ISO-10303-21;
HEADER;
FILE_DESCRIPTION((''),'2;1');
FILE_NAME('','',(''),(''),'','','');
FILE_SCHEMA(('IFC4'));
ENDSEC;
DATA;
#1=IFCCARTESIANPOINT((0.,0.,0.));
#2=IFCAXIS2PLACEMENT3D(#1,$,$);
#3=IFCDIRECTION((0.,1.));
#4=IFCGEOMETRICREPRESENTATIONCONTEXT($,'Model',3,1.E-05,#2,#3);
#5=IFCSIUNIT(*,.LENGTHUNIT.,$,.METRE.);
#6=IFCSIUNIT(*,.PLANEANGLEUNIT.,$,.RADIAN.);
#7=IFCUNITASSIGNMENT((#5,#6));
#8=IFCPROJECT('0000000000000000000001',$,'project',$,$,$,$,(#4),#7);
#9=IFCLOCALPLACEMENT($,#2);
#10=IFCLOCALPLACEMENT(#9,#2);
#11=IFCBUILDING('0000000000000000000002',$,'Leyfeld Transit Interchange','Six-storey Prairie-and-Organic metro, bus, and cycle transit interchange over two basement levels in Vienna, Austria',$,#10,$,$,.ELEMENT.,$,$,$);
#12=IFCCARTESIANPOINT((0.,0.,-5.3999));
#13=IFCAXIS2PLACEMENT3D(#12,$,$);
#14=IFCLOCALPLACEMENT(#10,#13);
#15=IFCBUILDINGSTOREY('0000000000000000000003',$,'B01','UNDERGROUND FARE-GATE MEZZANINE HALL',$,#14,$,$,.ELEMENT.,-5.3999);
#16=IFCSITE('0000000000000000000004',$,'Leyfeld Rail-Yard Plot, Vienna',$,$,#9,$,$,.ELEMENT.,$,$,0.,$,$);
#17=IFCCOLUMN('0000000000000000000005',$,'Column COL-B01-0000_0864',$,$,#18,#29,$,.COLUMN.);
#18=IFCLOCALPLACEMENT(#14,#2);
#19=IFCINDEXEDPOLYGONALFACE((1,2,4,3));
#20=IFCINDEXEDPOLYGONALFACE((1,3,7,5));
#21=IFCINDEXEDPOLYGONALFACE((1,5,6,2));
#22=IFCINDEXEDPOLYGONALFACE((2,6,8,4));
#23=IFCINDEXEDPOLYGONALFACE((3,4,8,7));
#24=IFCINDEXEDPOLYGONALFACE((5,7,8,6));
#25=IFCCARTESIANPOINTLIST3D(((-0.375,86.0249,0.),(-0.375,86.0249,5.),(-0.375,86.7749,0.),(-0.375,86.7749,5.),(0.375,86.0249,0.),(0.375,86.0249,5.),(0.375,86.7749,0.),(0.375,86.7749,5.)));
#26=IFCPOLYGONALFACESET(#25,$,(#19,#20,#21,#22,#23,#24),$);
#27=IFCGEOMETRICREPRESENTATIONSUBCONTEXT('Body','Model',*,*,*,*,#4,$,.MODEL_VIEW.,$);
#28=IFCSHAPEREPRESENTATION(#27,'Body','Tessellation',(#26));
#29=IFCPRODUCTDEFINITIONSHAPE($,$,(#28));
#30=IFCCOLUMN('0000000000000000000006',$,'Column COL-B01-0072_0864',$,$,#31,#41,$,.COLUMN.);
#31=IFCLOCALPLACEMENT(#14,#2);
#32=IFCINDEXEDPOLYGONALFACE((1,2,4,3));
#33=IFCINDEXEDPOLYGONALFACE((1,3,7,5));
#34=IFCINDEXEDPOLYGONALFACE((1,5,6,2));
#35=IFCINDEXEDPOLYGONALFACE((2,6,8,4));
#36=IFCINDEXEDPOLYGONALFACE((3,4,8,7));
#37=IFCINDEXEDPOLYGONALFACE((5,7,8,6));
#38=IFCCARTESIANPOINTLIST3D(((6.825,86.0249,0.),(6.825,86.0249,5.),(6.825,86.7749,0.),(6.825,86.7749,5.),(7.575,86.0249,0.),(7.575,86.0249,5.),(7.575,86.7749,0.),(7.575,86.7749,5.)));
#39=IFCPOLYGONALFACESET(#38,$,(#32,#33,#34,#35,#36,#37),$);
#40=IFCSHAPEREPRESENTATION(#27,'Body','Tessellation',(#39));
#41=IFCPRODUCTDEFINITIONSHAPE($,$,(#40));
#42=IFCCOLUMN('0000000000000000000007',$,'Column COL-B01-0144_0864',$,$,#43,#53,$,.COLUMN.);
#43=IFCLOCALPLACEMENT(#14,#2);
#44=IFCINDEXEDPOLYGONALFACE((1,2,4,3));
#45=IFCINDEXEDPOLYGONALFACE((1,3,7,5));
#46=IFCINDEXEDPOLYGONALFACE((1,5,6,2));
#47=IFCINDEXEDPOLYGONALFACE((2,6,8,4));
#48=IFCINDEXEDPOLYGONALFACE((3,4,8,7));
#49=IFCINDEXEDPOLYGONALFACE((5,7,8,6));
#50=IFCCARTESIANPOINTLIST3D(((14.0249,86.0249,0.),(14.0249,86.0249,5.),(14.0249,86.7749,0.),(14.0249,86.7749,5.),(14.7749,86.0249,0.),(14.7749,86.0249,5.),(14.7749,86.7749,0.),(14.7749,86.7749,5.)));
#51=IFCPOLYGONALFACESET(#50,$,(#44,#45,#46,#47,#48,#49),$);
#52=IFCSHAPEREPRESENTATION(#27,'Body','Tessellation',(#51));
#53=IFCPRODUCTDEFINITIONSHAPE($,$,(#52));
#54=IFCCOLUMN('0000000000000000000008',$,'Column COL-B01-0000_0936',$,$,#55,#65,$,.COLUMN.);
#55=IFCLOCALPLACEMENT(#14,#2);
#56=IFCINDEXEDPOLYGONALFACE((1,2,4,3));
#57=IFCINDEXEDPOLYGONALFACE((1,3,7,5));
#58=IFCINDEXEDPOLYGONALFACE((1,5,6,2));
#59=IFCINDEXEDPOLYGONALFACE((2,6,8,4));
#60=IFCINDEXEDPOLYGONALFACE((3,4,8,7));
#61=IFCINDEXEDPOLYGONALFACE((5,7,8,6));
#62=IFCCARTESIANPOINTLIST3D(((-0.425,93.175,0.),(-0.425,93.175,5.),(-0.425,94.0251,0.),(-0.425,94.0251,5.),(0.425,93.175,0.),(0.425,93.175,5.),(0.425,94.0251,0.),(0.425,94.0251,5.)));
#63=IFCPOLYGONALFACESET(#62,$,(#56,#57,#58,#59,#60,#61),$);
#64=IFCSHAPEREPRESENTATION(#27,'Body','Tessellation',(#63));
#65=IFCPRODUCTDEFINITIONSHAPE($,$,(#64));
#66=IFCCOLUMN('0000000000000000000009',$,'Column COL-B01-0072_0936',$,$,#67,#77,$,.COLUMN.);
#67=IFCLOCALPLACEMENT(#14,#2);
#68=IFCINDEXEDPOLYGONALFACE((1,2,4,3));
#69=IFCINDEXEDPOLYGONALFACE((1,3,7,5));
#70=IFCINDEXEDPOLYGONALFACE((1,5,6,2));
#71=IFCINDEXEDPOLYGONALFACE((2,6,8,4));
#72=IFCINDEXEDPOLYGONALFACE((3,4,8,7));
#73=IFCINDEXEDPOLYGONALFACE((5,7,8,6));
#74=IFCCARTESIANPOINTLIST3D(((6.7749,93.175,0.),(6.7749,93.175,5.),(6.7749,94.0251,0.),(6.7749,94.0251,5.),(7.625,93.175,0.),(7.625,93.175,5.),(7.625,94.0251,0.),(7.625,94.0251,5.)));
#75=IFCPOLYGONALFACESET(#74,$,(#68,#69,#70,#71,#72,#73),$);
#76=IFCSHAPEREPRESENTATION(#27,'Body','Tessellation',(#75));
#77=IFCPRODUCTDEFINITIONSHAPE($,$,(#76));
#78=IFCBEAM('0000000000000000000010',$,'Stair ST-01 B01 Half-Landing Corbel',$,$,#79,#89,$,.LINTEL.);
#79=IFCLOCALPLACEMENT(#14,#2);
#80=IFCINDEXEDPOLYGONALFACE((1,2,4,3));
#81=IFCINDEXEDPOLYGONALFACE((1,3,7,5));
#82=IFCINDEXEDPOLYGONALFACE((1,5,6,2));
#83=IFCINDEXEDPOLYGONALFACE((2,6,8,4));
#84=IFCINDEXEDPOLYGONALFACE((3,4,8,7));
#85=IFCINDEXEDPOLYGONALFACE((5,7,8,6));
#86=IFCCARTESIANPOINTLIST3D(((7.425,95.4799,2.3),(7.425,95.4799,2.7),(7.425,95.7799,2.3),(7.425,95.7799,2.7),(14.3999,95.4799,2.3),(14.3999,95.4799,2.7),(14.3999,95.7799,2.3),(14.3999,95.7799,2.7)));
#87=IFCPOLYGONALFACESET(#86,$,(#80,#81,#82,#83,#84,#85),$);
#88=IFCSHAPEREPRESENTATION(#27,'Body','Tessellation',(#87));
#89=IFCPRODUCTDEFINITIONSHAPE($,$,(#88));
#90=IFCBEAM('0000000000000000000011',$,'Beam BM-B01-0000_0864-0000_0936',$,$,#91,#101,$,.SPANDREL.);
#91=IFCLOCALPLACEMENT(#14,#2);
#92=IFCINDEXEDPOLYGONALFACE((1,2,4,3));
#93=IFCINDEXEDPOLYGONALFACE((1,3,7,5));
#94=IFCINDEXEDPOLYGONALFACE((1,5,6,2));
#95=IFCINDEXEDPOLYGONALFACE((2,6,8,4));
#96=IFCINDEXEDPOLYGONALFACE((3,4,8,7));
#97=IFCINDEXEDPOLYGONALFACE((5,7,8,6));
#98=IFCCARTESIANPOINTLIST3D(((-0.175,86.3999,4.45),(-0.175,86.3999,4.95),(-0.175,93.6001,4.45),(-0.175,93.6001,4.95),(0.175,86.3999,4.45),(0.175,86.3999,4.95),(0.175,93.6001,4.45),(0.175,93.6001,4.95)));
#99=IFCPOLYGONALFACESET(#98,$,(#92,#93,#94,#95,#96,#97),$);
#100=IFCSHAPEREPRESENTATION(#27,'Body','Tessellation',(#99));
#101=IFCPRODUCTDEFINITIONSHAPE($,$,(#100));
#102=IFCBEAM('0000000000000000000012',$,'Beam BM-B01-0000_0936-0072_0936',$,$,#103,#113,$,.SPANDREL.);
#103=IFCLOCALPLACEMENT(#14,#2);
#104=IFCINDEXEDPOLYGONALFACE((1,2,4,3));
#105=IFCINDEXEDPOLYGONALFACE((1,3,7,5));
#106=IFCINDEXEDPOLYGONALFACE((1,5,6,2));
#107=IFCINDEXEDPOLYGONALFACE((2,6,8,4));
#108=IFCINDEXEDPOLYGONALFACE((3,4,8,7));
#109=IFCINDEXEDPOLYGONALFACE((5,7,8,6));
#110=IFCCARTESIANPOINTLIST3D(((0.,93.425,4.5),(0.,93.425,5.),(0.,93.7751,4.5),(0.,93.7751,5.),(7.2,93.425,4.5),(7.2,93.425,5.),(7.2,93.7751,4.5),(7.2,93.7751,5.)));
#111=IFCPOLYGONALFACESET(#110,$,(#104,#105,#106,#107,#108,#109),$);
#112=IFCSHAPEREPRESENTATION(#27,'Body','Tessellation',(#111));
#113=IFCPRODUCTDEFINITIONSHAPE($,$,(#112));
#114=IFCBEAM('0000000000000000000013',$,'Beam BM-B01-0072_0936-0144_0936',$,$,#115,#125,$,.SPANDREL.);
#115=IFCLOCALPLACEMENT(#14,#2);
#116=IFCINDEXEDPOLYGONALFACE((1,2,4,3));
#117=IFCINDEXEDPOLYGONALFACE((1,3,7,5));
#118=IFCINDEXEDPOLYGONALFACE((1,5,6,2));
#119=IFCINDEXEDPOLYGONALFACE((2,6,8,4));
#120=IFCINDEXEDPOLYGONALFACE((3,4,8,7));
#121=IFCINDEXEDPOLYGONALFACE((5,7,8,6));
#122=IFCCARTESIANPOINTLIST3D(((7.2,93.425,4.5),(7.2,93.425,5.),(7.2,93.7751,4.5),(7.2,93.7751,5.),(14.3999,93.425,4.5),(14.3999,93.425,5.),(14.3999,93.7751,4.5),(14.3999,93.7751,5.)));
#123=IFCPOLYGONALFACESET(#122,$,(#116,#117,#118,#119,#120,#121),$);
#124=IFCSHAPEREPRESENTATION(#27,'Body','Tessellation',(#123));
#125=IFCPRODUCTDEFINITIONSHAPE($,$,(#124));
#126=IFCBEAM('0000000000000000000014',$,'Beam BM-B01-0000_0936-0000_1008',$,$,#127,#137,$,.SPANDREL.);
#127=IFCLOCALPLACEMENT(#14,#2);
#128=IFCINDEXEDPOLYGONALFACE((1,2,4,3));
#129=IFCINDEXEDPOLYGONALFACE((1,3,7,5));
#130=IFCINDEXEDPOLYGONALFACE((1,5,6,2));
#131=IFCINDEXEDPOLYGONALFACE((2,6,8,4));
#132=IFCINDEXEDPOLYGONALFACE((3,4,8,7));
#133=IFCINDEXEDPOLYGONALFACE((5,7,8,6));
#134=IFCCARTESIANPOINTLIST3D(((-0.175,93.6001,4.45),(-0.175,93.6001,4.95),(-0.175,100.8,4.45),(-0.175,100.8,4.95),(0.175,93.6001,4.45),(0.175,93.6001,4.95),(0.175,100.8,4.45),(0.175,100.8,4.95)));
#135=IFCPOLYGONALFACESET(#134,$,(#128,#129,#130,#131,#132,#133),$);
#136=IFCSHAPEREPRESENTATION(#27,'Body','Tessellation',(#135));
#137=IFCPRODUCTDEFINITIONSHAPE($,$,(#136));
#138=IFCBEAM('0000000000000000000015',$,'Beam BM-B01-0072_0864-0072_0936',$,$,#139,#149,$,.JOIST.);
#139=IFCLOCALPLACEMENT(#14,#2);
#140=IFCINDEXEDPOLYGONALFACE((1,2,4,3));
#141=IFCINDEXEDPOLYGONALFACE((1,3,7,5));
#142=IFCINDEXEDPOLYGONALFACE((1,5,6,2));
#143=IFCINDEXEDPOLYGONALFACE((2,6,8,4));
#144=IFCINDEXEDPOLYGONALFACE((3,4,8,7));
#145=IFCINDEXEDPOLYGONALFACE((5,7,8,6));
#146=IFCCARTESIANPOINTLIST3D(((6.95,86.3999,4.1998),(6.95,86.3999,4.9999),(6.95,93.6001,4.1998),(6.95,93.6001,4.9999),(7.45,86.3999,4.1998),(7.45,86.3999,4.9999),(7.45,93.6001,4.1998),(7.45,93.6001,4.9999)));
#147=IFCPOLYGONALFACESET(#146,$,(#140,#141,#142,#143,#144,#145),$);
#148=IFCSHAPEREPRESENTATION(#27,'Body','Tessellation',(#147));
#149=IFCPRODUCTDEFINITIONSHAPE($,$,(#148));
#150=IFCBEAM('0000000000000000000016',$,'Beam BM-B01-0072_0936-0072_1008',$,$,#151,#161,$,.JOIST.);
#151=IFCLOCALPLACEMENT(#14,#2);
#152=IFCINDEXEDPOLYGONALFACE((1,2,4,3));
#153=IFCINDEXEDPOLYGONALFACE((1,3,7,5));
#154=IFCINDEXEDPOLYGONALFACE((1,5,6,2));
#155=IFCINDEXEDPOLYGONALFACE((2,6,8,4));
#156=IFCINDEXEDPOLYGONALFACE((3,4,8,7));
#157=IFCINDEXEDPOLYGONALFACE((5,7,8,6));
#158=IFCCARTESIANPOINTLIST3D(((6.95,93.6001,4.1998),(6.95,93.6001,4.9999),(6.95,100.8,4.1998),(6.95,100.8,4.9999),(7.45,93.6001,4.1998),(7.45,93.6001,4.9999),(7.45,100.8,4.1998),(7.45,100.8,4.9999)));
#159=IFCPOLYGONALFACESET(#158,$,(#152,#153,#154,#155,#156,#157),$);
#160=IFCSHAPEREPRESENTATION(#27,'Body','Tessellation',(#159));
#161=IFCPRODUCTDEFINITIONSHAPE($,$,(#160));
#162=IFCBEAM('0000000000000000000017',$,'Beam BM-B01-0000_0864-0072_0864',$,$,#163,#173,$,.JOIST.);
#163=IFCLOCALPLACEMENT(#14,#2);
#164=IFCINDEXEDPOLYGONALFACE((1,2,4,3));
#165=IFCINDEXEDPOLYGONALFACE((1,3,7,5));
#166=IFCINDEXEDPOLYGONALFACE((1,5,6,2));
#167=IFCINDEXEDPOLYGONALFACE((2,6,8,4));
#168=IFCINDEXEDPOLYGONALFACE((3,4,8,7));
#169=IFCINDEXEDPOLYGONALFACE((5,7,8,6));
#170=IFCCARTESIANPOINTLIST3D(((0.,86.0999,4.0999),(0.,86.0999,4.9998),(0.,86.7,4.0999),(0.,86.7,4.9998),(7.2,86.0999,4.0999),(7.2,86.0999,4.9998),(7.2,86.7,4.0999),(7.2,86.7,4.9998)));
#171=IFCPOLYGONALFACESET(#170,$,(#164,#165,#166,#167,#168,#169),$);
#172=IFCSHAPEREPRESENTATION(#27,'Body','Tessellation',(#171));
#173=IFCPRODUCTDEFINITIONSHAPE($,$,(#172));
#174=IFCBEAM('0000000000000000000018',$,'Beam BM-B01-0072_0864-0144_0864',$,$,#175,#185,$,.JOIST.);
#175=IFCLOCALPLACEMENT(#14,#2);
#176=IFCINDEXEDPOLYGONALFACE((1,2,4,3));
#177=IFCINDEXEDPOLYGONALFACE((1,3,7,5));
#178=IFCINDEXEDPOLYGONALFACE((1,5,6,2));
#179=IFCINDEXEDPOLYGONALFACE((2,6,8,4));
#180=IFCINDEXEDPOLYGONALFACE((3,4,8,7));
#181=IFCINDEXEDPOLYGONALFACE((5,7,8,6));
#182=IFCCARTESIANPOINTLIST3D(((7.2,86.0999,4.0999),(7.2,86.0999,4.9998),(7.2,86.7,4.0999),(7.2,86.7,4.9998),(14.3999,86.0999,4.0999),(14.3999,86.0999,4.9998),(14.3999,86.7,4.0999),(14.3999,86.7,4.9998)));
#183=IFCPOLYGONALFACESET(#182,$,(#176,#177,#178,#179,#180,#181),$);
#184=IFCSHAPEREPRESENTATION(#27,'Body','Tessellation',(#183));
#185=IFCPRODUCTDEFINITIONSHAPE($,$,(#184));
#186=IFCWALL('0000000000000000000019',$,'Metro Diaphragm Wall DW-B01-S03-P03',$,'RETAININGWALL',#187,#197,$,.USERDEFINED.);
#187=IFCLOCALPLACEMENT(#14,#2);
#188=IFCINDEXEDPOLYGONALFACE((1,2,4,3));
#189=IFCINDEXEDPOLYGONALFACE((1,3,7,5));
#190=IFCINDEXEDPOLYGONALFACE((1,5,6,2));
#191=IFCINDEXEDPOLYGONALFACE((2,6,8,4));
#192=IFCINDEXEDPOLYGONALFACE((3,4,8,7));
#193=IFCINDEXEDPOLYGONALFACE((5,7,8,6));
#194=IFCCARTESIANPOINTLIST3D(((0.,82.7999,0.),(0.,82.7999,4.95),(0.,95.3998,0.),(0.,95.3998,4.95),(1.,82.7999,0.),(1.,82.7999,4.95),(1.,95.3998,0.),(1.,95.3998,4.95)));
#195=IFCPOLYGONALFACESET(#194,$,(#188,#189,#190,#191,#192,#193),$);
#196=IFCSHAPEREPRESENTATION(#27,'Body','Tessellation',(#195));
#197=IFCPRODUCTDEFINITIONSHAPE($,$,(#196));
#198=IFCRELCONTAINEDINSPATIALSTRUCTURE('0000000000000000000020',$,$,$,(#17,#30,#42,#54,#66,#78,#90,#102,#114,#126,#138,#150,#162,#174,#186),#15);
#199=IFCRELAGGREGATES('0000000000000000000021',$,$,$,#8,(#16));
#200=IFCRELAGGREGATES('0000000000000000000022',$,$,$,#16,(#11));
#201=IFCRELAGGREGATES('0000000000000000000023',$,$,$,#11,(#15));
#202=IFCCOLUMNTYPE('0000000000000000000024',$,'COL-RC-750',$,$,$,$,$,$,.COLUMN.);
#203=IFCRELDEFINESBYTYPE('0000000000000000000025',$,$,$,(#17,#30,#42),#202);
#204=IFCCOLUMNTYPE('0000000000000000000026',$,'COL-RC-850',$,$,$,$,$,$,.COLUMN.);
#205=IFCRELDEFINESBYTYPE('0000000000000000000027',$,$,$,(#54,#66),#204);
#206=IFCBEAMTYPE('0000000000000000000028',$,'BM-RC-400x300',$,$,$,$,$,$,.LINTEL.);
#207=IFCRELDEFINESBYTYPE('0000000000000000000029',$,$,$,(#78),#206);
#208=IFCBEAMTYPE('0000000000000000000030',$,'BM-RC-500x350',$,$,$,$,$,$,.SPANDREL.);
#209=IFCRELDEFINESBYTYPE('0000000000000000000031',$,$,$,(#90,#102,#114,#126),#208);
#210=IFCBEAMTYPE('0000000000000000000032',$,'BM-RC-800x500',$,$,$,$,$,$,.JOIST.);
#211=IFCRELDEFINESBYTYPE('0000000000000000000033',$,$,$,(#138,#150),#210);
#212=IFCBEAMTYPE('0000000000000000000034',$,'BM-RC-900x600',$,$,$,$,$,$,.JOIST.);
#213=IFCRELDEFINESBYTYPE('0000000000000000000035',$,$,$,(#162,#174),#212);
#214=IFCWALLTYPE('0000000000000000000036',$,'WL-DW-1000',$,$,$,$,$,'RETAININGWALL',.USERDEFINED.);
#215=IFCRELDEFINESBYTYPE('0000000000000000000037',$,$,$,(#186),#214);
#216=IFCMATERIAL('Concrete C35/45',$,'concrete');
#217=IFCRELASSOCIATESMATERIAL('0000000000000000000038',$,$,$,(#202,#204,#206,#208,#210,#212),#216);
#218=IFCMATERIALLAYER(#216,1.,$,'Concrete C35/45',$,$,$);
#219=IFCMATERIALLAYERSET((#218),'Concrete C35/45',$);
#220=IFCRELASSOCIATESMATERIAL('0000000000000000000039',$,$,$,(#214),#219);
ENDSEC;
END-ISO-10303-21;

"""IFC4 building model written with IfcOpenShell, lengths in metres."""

from ifc_helpers import new_model, si_unit, direction, frame, frame_2d, origin, origin_2d, place, context, subcontext, project, spatial, rectangle, extrude, material, layer, layer_set, material_profile, profile_set, type_object, element, save


model = new_model("IFC4")

# Units and contexts
model_context = context("Model", 3, precision=1e-05, world=origin(), true_north=direction((0.0, 1.0)))
body_context = subcontext(model_context, "Body", "Model", "MODEL_VIEW")
ifc_project = project(units=[si_unit("LENGTHUNIT", "METRE"), si_unit("PLANEANGLEUNIT", "RADIAN")], contexts=[model_context])

# Site, building, storey
site_placement = place(None, origin())
site = spatial("IfcSite", under=ifc_project, at=site_placement, Name="Leyfeld Rail-Yard Plot, Vienna", CompositionType="ELEMENT", RefElevation=0.0)
building_placement = place(site_placement, origin())
building = spatial("IfcBuilding", under=site, at=building_placement, Name="Leyfeld Transit Interchange", Description="Six-storey Prairie-and-Organic metro, bus, and cycle transit interchange over two basement levels in Vienna, Austria", CompositionType="ELEMENT")
storey_placement = place(building_placement, frame((0.0, 0.0, -5.3999)))
storey = spatial("IfcBuildingStorey", under=building, at=storey_placement, Name="B01", Description="UNDERGROUND FARE-GATE MEZZANINE HALL", CompositionType="ELEMENT", Elevation=-5.3999)

# Columns
ifc_material_1 = material(Name="Concrete C35/45", Category="concrete")
ifc_material_profile_1 = material_profile(ifc_material_1, rectangle(XDim=0.75, YDim=0.75, at=origin_2d()), Name="RC 750x750")
ifc_profile_set_1 = profile_set([ifc_material_profile_1], Name="Concrete C35/45")
column_type_1 = type_object("IfcColumnType", Name="COL-RC-750", PredefinedType="COLUMN", material=ifc_profile_set_1)
for number, where, z_axis, x_axis, name in (
    (1, (0.0, 86.3999, 0.0), (0.0, 0.0, 1.0), (0.0, 1.0, 0.0), "Column COL-B01-0000_0864"),
    (2, (7.2, 86.3999, 0.0), (0.0, 0.0, 1.0), (1.0, 0.0, 0.0), "Column COL-B01-0072_0864"),
    (3, (14.3999, 86.3999, 0.0), (0.0, 0.0, 1.0), (1.0, 0.0, 0.0), "Column COL-B01-0144_0864"),
):
    element("IfcColumn", number, at=place(storey_placement, frame(where, z_axis=z_axis, x_axis=x_axis)), inside=storey, type_object=column_type_1, Name=name, PredefinedType="COLUMN", context=body_context, shape_type="SweptSolid", body=[
        extrude(rectangle(XDim=0.75, YDim=0.75, at=origin_2d()), origin(), (0.0, 0.0, 1.0), 5.0),
    ])
ifc_material_profile_2 = material_profile(ifc_material_1, rectangle(XDim=0.8501, YDim=0.8501, at=origin_2d()), Name="RC 850x850")
ifc_profile_set_2 = profile_set([ifc_material_profile_2], Name="Concrete C35/45")
column_type_2 = type_object("IfcColumnType", Name="COL-RC-850", PredefinedType="COLUMN", material=ifc_profile_set_2)
for number, where, z_axis, x_axis, name in (
    (4, (0.0, 93.6001, 0.0), (0.0, 0.0, 1.0), (0.0, 1.0, 0.0), "Column COL-B01-0000_0936"),
    (5, (7.2, 93.6001, 0.0), (0.0, 0.0, 1.0), (1.0, 0.0, 0.0), "Column COL-B01-0072_0936"),
):
    element("IfcColumn", number, at=place(storey_placement, frame(where, z_axis=z_axis, x_axis=x_axis)), inside=storey, type_object=column_type_2, Name=name, PredefinedType="COLUMN", context=body_context, shape_type="SweptSolid", body=[
        extrude(rectangle(XDim=0.8501, YDim=0.8501, at=origin_2d()), origin(), (0.0, 0.0, 1.0), 5.0),
    ])

# Beams
ifc_material_profile_3 = material_profile(ifc_material_1, rectangle(XDim=0.3, YDim=0.3999, at=origin_2d()), Name="RC 400x300")
ifc_profile_set_3 = profile_set([ifc_material_profile_3], Name="Concrete C35/45")
beam_type_1 = type_object("IfcBeamType", Name="BM-RC-400x300", PredefinedType="LINTEL", material=ifc_profile_set_3)
beam_1_placement = place(storey_placement, frame((7.425, 95.6299, 2.5), z_axis=(1.0, 0.0, 0.0), x_axis=(0.0, 1.0, 0.0)))
element("IfcBeam", 6, at=beam_1_placement, inside=storey, type_object=beam_type_1, Name="Stair ST-01 B01 Half-Landing Corbel", PredefinedType="LINTEL", context=body_context, shape_type="SweptSolid", body=[
    extrude(rectangle(XDim=0.3, YDim=0.3999, at=origin_2d()), origin(), (0.0, 0.0, 1.0), 6.9749),
])
ifc_material_profile_4 = material_profile(ifc_material_1, rectangle(XDim=0.3501, YDim=0.5, at=origin_2d()), Name="RC 500x350")
ifc_profile_set_4 = profile_set([ifc_material_profile_4], Name="Concrete C35/45")
beam_type_2 = type_object("IfcBeamType", Name="BM-RC-500x350", PredefinedType="SPANDREL", material=ifc_profile_set_4)
beam_2_placement = place(storey_placement, frame((0.0, 86.3999, 4.7), z_axis=(0.0, 1.0, 0.0), x_axis=(-1.0, 0.0, 0.0)))
element("IfcBeam", 7, at=beam_2_placement, inside=storey, type_object=beam_type_2, Name="Beam BM-B01-0000_0864-0000_0936", PredefinedType="SPANDREL", context=body_context, shape_type="SweptSolid", body=[
    extrude(rectangle(XDim=0.3501, YDim=0.5, at=origin_2d()), origin(), (0.0, 0.0, 1.0), 7.2002),
])
for number, where, z_axis, x_axis, name in (
    (8, (0.0, 93.6001, 4.75), (1.0, 0.0, 0.0), (0.0, 1.0, 0.0), "Beam BM-B01-0000_0936-0072_0936"),
    (9, (7.2, 93.6001, 4.75), (1.0, 0.0, 0.0), (0.0, 1.0, 0.0), "Beam BM-B01-0072_0936-0144_0936"),
    (10, (0.0, 93.6001, 4.7), (0.0, 1.0, 0.0), (-1.0, 0.0, 0.0), "Beam BM-B01-0000_0936-0000_1008"),
):
    element("IfcBeam", number, at=place(storey_placement, frame(where, z_axis=z_axis, x_axis=x_axis)), inside=storey, type_object=beam_type_2, Name=name, PredefinedType="SPANDREL", context=body_context, shape_type="SweptSolid", body=[
        extrude(rectangle(XDim=0.3501, YDim=0.5, at=origin_2d()), origin(), (0.0, 0.0, 1.0), 7.2),
    ])
ifc_material_profile_5 = material_profile(ifc_material_1, rectangle(XDim=0.5, YDim=0.8, at=origin_2d()), Name="RC 800x500")
ifc_profile_set_5 = profile_set([ifc_material_profile_5], Name="Concrete C35/45")
beam_type_3 = type_object("IfcBeamType", Name="BM-RC-800x500", PredefinedType="JOIST", material=ifc_profile_set_5)
beam_3_placement = place(storey_placement, frame((7.2, 86.3999, 4.5999), z_axis=(0.0, 1.0, 0.0), x_axis=(-1.0, 0.0, 0.0)))
element("IfcBeam", 11, at=beam_3_placement, inside=storey, type_object=beam_type_3, Name="Beam BM-B01-0072_0864-0072_0936", PredefinedType="JOIST", context=body_context, shape_type="SweptSolid", body=[
    extrude(rectangle(XDim=0.5, YDim=0.8, at=origin_2d()), origin(), (0.0, 0.0, 1.0), 7.2002),
])
beam_4_placement = place(storey_placement, frame((7.2, 93.6001, 4.5999), z_axis=(0.0, 1.0, 0.0), x_axis=(-1.0, 0.0, 0.0)))
element("IfcBeam", 12, at=beam_4_placement, inside=storey, type_object=beam_type_3, Name="Beam BM-B01-0072_0936-0072_1008", PredefinedType="JOIST", context=body_context, shape_type="SweptSolid", body=[
    extrude(rectangle(XDim=0.5, YDim=0.8, at=origin_2d()), origin(), (0.0, 0.0, 1.0), 7.2),
])
ifc_material_profile_6 = material_profile(ifc_material_1, rectangle(XDim=0.6001, YDim=0.8999, at=origin_2d()), Name="RC 900x600")
ifc_profile_set_6 = profile_set([ifc_material_profile_6], Name="Concrete C35/45")
beam_type_4 = type_object("IfcBeamType", Name="BM-RC-900x600", PredefinedType="JOIST", material=ifc_profile_set_6)
for number, where, z_axis, x_axis, name in (
    (13, (0.0, 86.3999, 4.5498), (1.0, 0.0, 0.0), (0.0, 1.0, 0.0), "Beam BM-B01-0000_0864-0072_0864"),
    (14, (7.2, 86.3999, 4.5498), (1.0, 0.0, 0.0), (0.0, 1.0, 0.0), "Beam BM-B01-0072_0864-0144_0864"),
):
    element("IfcBeam", number, at=place(storey_placement, frame(where, z_axis=z_axis, x_axis=x_axis)), inside=storey, type_object=beam_type_4, Name=name, PredefinedType="JOIST", context=body_context, shape_type="SweptSolid", body=[
        extrude(rectangle(XDim=0.6001, YDim=0.8999, at=origin_2d()), origin(), (0.0, 0.0, 1.0), 7.2),
    ])

# Wall
ifc_layer_1 = layer(ifc_material_1, 1.0, Name="Concrete C35/45")
ifc_layer_set_1 = layer_set([ifc_layer_1], Name="Concrete C35/45")
wall_type_1 = type_object("IfcWallType", Name="WL-DW-1000", ElementType="RETAININGWALL", PredefinedType="USERDEFINED", material=ifc_layer_set_1)
wall_1_placement = place(storey_placement, frame((0.5, 82.8, 0.0), z_axis=(0.0, 0.0, 1.0), x_axis=(0.0, 1.0, 0.0)))
element("IfcWall", 15, at=wall_1_placement, inside=storey, type_object=wall_type_1, Name="Metro Diaphragm Wall DW-B01-S03-P03", ObjectType="RETAININGWALL", PredefinedType="USERDEFINED", context=body_context, shape_type="SweptSolid", body=[
    extrude(rectangle(XDim=12.5999, YDim=1.0, at=frame_2d((6.2998, 0.0))), origin(), (0.0, 0.0, 1.0), 4.95),
])

save(model, "model.ifc")
